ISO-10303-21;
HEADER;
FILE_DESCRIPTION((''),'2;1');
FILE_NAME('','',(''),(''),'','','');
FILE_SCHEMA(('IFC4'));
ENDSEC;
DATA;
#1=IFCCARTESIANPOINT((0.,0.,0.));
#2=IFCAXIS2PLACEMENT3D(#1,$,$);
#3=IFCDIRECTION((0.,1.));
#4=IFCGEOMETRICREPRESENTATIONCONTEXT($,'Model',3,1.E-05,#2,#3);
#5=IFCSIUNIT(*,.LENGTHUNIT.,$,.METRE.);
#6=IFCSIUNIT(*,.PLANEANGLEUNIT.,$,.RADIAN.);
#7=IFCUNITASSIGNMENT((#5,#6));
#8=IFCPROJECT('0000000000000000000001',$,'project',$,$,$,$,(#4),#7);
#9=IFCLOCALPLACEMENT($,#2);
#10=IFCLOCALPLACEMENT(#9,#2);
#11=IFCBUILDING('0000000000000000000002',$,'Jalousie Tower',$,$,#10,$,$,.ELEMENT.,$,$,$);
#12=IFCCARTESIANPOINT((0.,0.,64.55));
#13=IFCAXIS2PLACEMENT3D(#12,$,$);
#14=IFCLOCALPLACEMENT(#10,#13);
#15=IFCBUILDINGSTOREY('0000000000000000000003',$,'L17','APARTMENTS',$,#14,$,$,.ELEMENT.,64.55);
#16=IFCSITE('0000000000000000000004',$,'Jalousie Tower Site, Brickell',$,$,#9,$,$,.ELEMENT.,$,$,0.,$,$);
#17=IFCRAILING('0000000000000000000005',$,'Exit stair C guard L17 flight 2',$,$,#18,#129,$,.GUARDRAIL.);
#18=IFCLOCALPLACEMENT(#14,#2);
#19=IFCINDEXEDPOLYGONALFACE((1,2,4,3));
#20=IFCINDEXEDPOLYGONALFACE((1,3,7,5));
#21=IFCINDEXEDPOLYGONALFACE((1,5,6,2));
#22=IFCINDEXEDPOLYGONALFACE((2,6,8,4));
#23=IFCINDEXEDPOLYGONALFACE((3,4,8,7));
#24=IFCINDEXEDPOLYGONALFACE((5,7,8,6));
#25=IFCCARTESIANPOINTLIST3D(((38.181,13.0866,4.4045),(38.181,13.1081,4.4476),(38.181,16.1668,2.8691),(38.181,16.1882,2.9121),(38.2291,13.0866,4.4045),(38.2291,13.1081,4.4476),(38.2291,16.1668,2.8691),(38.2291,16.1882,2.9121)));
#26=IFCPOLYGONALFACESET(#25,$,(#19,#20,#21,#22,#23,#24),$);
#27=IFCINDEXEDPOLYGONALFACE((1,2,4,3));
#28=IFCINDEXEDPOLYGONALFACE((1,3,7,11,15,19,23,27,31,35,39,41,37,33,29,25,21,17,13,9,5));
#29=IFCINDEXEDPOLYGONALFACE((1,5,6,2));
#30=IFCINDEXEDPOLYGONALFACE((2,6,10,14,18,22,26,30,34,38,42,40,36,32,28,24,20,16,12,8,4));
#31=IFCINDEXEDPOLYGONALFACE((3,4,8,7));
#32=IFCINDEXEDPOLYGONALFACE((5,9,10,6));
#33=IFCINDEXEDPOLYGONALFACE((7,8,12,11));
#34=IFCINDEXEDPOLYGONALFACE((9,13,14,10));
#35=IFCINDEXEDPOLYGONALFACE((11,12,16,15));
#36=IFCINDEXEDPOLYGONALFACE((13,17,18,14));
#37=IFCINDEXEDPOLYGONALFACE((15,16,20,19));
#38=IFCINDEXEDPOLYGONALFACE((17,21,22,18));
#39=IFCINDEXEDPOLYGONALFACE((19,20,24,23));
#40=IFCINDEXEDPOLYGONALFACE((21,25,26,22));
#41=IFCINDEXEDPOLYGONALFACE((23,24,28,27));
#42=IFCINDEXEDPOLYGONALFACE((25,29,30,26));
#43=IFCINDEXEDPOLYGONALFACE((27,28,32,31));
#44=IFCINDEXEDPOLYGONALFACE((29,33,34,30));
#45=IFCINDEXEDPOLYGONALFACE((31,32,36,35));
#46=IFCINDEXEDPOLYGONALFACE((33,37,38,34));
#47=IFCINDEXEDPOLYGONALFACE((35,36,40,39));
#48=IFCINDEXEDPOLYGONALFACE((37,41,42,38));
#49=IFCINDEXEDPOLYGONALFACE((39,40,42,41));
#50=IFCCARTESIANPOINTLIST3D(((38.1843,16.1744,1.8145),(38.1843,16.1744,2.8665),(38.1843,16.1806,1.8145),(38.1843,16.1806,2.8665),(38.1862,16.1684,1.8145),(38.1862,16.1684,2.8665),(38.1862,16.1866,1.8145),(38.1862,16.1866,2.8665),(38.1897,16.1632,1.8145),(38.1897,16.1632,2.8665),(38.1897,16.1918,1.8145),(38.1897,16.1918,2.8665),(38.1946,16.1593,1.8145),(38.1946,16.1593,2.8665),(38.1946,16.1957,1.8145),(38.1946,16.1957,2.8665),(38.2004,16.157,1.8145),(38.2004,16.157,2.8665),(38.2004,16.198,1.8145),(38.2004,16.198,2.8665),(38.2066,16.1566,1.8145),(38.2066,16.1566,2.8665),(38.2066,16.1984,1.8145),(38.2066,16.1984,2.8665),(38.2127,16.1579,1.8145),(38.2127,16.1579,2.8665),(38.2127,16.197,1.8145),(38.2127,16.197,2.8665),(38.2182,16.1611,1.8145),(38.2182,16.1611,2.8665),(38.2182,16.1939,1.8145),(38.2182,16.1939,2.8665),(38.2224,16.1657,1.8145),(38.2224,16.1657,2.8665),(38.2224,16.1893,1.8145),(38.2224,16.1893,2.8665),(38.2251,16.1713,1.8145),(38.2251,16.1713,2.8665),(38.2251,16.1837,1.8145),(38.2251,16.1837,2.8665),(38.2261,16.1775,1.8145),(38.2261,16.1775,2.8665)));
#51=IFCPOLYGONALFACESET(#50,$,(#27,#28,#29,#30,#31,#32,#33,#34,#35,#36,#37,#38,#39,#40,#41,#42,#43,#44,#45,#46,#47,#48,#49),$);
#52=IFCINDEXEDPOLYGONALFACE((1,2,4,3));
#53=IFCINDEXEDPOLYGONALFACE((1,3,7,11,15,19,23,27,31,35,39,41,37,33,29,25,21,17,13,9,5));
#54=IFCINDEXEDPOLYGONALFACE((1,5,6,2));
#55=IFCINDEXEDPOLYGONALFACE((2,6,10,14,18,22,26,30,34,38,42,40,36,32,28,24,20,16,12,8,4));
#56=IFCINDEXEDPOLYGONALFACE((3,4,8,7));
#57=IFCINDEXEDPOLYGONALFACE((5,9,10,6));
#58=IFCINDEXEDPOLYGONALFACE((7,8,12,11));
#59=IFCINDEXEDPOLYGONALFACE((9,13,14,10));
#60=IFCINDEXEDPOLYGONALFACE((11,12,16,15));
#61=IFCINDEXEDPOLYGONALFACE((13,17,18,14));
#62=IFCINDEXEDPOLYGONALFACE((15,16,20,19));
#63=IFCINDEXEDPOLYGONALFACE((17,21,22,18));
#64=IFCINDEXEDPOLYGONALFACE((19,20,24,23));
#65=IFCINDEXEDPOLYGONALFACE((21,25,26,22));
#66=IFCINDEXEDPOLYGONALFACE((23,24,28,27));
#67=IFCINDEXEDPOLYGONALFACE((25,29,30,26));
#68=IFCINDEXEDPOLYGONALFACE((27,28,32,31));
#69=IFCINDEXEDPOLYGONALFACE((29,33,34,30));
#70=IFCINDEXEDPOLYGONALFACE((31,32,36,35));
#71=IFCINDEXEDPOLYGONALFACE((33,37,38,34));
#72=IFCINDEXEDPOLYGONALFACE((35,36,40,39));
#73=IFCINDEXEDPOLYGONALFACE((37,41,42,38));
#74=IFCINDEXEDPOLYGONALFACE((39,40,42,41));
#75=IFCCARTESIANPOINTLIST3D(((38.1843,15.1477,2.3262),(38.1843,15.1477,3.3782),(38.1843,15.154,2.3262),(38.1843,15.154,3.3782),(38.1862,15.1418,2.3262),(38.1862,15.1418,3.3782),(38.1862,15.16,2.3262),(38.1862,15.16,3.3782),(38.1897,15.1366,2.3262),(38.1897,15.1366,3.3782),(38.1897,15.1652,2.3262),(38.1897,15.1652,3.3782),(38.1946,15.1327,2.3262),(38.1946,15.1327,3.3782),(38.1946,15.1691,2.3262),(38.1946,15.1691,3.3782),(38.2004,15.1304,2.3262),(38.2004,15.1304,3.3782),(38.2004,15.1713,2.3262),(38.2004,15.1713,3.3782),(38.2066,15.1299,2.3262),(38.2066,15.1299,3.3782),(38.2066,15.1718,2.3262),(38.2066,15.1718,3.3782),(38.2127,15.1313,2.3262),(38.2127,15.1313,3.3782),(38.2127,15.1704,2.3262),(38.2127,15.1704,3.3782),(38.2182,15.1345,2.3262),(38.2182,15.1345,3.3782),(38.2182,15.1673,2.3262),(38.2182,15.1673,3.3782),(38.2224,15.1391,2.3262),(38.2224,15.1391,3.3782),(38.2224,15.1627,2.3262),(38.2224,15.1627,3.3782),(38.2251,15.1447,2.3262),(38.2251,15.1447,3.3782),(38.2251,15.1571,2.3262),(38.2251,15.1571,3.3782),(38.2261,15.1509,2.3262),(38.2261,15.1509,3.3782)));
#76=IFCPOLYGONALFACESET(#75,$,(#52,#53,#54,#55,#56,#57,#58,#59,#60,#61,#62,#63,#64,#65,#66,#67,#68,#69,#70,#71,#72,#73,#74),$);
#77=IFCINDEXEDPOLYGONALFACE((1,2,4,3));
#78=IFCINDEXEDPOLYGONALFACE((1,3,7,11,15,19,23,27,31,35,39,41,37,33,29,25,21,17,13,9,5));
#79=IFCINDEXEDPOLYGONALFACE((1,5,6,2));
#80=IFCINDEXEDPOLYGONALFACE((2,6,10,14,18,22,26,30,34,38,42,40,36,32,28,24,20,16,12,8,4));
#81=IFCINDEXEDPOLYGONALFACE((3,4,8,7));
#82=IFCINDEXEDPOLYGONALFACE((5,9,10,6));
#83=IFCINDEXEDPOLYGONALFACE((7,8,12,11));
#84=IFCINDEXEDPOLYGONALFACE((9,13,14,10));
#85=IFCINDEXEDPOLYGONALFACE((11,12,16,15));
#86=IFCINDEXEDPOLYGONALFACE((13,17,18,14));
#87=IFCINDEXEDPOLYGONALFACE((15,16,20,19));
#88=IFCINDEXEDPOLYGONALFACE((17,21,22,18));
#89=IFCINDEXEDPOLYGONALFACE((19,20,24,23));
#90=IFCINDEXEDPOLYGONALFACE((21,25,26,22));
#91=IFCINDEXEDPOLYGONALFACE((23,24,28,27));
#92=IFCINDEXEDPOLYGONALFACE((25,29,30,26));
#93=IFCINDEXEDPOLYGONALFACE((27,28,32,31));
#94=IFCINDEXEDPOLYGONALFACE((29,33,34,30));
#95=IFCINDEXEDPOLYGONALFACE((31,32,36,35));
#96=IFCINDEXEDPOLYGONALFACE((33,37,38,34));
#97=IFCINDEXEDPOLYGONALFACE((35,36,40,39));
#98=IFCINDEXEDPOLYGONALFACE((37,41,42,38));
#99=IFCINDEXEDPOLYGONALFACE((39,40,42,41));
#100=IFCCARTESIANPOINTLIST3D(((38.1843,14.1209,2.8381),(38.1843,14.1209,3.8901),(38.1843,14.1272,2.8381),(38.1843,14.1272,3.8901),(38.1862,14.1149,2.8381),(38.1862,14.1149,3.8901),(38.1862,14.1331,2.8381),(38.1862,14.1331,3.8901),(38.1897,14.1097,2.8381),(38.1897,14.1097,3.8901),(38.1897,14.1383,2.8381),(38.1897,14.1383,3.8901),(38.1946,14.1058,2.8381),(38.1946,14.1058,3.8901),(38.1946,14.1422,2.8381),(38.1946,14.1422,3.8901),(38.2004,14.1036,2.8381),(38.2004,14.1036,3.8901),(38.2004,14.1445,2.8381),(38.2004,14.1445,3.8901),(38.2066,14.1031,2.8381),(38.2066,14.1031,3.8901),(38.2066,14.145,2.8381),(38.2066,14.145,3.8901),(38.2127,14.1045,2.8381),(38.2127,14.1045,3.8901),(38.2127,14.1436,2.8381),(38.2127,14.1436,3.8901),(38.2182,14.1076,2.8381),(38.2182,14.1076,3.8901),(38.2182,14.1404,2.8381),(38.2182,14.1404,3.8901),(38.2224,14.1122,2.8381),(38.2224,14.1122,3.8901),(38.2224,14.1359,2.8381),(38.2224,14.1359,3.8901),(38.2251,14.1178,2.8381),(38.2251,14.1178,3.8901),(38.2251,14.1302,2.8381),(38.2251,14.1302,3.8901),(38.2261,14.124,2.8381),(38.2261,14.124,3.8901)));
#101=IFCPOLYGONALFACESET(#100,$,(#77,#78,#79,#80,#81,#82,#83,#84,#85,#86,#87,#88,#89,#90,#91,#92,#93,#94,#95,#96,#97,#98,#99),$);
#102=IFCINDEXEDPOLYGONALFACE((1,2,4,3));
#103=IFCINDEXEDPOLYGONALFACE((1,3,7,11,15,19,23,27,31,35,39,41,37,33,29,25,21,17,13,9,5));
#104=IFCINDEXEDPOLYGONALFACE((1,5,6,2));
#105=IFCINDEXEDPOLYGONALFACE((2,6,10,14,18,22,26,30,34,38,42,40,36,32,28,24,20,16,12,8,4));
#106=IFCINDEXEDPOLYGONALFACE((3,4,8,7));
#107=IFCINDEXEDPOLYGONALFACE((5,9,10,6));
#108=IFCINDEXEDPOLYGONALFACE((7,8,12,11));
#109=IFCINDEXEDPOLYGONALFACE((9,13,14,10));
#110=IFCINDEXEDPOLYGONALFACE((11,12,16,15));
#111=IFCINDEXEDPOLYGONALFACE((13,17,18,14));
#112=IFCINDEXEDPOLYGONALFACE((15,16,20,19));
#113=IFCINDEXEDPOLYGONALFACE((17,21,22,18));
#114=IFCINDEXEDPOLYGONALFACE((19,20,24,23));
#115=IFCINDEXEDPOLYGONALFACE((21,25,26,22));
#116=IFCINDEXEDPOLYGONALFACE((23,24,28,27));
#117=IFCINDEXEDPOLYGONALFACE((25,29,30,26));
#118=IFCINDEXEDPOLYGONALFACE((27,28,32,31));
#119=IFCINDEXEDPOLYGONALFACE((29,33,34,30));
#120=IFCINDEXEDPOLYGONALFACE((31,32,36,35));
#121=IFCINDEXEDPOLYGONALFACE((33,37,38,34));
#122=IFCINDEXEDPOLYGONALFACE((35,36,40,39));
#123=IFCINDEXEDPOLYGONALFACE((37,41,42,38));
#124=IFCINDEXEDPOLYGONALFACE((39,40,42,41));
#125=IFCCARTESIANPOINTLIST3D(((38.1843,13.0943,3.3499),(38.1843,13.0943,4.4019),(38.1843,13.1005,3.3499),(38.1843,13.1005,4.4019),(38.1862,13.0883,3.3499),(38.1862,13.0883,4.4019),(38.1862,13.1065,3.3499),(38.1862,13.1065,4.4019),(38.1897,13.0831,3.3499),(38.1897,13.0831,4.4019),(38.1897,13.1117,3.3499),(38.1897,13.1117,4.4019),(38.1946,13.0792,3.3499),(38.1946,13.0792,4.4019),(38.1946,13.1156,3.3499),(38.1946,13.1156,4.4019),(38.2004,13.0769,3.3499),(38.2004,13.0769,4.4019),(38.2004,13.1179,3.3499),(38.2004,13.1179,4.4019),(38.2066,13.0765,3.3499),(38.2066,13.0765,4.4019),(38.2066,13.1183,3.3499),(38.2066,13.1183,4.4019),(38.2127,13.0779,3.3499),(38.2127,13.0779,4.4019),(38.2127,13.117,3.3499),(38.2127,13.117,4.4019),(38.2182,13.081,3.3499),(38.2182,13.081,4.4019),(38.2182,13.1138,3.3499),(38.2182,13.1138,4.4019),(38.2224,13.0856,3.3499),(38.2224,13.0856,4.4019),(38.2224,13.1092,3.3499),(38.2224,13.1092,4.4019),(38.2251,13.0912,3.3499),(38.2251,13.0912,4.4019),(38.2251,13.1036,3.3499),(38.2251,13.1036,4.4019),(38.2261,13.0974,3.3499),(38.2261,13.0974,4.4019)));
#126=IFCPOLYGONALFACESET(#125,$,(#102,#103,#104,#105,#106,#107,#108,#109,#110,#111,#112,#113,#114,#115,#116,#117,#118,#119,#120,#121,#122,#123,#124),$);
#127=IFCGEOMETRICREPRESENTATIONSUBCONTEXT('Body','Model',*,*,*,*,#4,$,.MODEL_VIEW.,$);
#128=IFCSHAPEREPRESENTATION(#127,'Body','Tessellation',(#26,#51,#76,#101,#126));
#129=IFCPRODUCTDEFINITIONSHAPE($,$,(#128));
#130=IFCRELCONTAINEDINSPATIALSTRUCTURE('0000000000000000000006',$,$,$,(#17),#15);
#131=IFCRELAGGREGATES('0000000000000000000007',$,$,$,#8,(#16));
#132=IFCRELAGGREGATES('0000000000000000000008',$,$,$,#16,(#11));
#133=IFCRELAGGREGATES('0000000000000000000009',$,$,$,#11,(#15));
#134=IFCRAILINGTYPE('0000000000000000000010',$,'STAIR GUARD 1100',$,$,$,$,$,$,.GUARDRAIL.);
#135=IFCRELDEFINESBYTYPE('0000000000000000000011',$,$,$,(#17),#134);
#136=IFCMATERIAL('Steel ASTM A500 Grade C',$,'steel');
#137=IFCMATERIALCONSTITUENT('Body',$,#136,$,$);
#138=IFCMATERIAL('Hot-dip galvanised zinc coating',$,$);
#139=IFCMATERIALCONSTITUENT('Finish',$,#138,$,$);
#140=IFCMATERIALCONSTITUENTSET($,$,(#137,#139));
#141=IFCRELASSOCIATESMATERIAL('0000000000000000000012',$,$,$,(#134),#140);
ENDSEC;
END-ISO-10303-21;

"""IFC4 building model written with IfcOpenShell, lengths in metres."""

from ifc_helpers import new_model, si_unit, direction, frame, origin, origin_2d, place, context, subcontext, project, spatial, rectangle, circle, extrude, material, constituent, constituent_set, type_object, element, save


model = new_model("IFC4")

# Units and contexts
model_context = context("Model", 3, precision=1e-05, world=origin(), true_north=direction((0.0, 1.0)))
body_context = subcontext(model_context, "Body", "Model", "MODEL_VIEW")
ifc_project = project(units=[si_unit("LENGTHUNIT", "METRE"), si_unit("PLANEANGLEUNIT", "RADIAN")], contexts=[model_context])

# Site, building, storey
site_placement = place(None, origin())
site = spatial("IfcSite", under=ifc_project, at=site_placement, Name="Jalousie Tower Site, Brickell", CompositionType="ELEMENT", RefElevation=0.0)
building_placement = place(site_placement, origin())
building = spatial("IfcBuilding", under=site, at=building_placement, Name="Jalousie Tower", CompositionType="ELEMENT")
storey_placement = place(building_placement, frame((0.0, 0.0, 64.55)))
storey = spatial("IfcBuildingStorey", under=building, at=storey_placement, Name="L17", Description="APARTMENTS", CompositionType="ELEMENT", Elevation=64.55)

# Railing
ifc_material_1 = material(Name="Steel ASTM A500 Grade C", Category="steel")
ifc_constituent_1 = constituent(ifc_material_1, Name="Body")
ifc_material_2 = material(Name="Hot-dip galvanised zinc coating")
ifc_constituent_2 = constituent(ifc_material_2, Name="Finish")
ifc_constituent_set_1 = constituent_set(constituents=[ifc_constituent_1, ifc_constituent_2])
railing_type_1 = type_object("IfcRailingType", Name="STAIR GUARD 1100", PredefinedType="GUARDRAIL", material=ifc_constituent_set_1)
railing_1_placement = place(storey_placement, frame((38.2051, 16.1775, 1.8145)))
element("IfcRailing", 1, at=railing_1_placement, inside=storey, type_object=railing_type_1, Name="Exit stair C guard L17 flight 2", PredefinedType="GUARDRAIL", context=body_context, shape_type="SweptSolid", body=[
    extrude(rectangle(XDim=0.0481, YDim=0.0481, at=origin_2d()), frame((0.0, 0.0, 1.0762), z_axis=(0.0, -0.894966, 0.446135), x_axis=(1.0, 0.0, 0.0)), (0.0, 0.0, 1.0), 3.4417),
    extrude(circle(Radius=0.021, at=origin_2d()), origin(), (0.0, 0.0, 1.0), 1.052),
    extrude(circle(Radius=0.021, at=origin_2d()), frame((0.0, -1.0266, 0.5117)), (0.0, 0.0, 1.0), 1.052),
    extrude(circle(Radius=0.021, at=origin_2d()), frame((0.0, -2.0535, 1.0237)), (0.0, 0.0, 1.0), 1.052),
    extrude(circle(Radius=0.021, at=origin_2d()), frame((0.0, -3.0801, 1.5354)), (0.0, 0.0, 1.0), 1.052),
])

save(model, "model.ifc")
